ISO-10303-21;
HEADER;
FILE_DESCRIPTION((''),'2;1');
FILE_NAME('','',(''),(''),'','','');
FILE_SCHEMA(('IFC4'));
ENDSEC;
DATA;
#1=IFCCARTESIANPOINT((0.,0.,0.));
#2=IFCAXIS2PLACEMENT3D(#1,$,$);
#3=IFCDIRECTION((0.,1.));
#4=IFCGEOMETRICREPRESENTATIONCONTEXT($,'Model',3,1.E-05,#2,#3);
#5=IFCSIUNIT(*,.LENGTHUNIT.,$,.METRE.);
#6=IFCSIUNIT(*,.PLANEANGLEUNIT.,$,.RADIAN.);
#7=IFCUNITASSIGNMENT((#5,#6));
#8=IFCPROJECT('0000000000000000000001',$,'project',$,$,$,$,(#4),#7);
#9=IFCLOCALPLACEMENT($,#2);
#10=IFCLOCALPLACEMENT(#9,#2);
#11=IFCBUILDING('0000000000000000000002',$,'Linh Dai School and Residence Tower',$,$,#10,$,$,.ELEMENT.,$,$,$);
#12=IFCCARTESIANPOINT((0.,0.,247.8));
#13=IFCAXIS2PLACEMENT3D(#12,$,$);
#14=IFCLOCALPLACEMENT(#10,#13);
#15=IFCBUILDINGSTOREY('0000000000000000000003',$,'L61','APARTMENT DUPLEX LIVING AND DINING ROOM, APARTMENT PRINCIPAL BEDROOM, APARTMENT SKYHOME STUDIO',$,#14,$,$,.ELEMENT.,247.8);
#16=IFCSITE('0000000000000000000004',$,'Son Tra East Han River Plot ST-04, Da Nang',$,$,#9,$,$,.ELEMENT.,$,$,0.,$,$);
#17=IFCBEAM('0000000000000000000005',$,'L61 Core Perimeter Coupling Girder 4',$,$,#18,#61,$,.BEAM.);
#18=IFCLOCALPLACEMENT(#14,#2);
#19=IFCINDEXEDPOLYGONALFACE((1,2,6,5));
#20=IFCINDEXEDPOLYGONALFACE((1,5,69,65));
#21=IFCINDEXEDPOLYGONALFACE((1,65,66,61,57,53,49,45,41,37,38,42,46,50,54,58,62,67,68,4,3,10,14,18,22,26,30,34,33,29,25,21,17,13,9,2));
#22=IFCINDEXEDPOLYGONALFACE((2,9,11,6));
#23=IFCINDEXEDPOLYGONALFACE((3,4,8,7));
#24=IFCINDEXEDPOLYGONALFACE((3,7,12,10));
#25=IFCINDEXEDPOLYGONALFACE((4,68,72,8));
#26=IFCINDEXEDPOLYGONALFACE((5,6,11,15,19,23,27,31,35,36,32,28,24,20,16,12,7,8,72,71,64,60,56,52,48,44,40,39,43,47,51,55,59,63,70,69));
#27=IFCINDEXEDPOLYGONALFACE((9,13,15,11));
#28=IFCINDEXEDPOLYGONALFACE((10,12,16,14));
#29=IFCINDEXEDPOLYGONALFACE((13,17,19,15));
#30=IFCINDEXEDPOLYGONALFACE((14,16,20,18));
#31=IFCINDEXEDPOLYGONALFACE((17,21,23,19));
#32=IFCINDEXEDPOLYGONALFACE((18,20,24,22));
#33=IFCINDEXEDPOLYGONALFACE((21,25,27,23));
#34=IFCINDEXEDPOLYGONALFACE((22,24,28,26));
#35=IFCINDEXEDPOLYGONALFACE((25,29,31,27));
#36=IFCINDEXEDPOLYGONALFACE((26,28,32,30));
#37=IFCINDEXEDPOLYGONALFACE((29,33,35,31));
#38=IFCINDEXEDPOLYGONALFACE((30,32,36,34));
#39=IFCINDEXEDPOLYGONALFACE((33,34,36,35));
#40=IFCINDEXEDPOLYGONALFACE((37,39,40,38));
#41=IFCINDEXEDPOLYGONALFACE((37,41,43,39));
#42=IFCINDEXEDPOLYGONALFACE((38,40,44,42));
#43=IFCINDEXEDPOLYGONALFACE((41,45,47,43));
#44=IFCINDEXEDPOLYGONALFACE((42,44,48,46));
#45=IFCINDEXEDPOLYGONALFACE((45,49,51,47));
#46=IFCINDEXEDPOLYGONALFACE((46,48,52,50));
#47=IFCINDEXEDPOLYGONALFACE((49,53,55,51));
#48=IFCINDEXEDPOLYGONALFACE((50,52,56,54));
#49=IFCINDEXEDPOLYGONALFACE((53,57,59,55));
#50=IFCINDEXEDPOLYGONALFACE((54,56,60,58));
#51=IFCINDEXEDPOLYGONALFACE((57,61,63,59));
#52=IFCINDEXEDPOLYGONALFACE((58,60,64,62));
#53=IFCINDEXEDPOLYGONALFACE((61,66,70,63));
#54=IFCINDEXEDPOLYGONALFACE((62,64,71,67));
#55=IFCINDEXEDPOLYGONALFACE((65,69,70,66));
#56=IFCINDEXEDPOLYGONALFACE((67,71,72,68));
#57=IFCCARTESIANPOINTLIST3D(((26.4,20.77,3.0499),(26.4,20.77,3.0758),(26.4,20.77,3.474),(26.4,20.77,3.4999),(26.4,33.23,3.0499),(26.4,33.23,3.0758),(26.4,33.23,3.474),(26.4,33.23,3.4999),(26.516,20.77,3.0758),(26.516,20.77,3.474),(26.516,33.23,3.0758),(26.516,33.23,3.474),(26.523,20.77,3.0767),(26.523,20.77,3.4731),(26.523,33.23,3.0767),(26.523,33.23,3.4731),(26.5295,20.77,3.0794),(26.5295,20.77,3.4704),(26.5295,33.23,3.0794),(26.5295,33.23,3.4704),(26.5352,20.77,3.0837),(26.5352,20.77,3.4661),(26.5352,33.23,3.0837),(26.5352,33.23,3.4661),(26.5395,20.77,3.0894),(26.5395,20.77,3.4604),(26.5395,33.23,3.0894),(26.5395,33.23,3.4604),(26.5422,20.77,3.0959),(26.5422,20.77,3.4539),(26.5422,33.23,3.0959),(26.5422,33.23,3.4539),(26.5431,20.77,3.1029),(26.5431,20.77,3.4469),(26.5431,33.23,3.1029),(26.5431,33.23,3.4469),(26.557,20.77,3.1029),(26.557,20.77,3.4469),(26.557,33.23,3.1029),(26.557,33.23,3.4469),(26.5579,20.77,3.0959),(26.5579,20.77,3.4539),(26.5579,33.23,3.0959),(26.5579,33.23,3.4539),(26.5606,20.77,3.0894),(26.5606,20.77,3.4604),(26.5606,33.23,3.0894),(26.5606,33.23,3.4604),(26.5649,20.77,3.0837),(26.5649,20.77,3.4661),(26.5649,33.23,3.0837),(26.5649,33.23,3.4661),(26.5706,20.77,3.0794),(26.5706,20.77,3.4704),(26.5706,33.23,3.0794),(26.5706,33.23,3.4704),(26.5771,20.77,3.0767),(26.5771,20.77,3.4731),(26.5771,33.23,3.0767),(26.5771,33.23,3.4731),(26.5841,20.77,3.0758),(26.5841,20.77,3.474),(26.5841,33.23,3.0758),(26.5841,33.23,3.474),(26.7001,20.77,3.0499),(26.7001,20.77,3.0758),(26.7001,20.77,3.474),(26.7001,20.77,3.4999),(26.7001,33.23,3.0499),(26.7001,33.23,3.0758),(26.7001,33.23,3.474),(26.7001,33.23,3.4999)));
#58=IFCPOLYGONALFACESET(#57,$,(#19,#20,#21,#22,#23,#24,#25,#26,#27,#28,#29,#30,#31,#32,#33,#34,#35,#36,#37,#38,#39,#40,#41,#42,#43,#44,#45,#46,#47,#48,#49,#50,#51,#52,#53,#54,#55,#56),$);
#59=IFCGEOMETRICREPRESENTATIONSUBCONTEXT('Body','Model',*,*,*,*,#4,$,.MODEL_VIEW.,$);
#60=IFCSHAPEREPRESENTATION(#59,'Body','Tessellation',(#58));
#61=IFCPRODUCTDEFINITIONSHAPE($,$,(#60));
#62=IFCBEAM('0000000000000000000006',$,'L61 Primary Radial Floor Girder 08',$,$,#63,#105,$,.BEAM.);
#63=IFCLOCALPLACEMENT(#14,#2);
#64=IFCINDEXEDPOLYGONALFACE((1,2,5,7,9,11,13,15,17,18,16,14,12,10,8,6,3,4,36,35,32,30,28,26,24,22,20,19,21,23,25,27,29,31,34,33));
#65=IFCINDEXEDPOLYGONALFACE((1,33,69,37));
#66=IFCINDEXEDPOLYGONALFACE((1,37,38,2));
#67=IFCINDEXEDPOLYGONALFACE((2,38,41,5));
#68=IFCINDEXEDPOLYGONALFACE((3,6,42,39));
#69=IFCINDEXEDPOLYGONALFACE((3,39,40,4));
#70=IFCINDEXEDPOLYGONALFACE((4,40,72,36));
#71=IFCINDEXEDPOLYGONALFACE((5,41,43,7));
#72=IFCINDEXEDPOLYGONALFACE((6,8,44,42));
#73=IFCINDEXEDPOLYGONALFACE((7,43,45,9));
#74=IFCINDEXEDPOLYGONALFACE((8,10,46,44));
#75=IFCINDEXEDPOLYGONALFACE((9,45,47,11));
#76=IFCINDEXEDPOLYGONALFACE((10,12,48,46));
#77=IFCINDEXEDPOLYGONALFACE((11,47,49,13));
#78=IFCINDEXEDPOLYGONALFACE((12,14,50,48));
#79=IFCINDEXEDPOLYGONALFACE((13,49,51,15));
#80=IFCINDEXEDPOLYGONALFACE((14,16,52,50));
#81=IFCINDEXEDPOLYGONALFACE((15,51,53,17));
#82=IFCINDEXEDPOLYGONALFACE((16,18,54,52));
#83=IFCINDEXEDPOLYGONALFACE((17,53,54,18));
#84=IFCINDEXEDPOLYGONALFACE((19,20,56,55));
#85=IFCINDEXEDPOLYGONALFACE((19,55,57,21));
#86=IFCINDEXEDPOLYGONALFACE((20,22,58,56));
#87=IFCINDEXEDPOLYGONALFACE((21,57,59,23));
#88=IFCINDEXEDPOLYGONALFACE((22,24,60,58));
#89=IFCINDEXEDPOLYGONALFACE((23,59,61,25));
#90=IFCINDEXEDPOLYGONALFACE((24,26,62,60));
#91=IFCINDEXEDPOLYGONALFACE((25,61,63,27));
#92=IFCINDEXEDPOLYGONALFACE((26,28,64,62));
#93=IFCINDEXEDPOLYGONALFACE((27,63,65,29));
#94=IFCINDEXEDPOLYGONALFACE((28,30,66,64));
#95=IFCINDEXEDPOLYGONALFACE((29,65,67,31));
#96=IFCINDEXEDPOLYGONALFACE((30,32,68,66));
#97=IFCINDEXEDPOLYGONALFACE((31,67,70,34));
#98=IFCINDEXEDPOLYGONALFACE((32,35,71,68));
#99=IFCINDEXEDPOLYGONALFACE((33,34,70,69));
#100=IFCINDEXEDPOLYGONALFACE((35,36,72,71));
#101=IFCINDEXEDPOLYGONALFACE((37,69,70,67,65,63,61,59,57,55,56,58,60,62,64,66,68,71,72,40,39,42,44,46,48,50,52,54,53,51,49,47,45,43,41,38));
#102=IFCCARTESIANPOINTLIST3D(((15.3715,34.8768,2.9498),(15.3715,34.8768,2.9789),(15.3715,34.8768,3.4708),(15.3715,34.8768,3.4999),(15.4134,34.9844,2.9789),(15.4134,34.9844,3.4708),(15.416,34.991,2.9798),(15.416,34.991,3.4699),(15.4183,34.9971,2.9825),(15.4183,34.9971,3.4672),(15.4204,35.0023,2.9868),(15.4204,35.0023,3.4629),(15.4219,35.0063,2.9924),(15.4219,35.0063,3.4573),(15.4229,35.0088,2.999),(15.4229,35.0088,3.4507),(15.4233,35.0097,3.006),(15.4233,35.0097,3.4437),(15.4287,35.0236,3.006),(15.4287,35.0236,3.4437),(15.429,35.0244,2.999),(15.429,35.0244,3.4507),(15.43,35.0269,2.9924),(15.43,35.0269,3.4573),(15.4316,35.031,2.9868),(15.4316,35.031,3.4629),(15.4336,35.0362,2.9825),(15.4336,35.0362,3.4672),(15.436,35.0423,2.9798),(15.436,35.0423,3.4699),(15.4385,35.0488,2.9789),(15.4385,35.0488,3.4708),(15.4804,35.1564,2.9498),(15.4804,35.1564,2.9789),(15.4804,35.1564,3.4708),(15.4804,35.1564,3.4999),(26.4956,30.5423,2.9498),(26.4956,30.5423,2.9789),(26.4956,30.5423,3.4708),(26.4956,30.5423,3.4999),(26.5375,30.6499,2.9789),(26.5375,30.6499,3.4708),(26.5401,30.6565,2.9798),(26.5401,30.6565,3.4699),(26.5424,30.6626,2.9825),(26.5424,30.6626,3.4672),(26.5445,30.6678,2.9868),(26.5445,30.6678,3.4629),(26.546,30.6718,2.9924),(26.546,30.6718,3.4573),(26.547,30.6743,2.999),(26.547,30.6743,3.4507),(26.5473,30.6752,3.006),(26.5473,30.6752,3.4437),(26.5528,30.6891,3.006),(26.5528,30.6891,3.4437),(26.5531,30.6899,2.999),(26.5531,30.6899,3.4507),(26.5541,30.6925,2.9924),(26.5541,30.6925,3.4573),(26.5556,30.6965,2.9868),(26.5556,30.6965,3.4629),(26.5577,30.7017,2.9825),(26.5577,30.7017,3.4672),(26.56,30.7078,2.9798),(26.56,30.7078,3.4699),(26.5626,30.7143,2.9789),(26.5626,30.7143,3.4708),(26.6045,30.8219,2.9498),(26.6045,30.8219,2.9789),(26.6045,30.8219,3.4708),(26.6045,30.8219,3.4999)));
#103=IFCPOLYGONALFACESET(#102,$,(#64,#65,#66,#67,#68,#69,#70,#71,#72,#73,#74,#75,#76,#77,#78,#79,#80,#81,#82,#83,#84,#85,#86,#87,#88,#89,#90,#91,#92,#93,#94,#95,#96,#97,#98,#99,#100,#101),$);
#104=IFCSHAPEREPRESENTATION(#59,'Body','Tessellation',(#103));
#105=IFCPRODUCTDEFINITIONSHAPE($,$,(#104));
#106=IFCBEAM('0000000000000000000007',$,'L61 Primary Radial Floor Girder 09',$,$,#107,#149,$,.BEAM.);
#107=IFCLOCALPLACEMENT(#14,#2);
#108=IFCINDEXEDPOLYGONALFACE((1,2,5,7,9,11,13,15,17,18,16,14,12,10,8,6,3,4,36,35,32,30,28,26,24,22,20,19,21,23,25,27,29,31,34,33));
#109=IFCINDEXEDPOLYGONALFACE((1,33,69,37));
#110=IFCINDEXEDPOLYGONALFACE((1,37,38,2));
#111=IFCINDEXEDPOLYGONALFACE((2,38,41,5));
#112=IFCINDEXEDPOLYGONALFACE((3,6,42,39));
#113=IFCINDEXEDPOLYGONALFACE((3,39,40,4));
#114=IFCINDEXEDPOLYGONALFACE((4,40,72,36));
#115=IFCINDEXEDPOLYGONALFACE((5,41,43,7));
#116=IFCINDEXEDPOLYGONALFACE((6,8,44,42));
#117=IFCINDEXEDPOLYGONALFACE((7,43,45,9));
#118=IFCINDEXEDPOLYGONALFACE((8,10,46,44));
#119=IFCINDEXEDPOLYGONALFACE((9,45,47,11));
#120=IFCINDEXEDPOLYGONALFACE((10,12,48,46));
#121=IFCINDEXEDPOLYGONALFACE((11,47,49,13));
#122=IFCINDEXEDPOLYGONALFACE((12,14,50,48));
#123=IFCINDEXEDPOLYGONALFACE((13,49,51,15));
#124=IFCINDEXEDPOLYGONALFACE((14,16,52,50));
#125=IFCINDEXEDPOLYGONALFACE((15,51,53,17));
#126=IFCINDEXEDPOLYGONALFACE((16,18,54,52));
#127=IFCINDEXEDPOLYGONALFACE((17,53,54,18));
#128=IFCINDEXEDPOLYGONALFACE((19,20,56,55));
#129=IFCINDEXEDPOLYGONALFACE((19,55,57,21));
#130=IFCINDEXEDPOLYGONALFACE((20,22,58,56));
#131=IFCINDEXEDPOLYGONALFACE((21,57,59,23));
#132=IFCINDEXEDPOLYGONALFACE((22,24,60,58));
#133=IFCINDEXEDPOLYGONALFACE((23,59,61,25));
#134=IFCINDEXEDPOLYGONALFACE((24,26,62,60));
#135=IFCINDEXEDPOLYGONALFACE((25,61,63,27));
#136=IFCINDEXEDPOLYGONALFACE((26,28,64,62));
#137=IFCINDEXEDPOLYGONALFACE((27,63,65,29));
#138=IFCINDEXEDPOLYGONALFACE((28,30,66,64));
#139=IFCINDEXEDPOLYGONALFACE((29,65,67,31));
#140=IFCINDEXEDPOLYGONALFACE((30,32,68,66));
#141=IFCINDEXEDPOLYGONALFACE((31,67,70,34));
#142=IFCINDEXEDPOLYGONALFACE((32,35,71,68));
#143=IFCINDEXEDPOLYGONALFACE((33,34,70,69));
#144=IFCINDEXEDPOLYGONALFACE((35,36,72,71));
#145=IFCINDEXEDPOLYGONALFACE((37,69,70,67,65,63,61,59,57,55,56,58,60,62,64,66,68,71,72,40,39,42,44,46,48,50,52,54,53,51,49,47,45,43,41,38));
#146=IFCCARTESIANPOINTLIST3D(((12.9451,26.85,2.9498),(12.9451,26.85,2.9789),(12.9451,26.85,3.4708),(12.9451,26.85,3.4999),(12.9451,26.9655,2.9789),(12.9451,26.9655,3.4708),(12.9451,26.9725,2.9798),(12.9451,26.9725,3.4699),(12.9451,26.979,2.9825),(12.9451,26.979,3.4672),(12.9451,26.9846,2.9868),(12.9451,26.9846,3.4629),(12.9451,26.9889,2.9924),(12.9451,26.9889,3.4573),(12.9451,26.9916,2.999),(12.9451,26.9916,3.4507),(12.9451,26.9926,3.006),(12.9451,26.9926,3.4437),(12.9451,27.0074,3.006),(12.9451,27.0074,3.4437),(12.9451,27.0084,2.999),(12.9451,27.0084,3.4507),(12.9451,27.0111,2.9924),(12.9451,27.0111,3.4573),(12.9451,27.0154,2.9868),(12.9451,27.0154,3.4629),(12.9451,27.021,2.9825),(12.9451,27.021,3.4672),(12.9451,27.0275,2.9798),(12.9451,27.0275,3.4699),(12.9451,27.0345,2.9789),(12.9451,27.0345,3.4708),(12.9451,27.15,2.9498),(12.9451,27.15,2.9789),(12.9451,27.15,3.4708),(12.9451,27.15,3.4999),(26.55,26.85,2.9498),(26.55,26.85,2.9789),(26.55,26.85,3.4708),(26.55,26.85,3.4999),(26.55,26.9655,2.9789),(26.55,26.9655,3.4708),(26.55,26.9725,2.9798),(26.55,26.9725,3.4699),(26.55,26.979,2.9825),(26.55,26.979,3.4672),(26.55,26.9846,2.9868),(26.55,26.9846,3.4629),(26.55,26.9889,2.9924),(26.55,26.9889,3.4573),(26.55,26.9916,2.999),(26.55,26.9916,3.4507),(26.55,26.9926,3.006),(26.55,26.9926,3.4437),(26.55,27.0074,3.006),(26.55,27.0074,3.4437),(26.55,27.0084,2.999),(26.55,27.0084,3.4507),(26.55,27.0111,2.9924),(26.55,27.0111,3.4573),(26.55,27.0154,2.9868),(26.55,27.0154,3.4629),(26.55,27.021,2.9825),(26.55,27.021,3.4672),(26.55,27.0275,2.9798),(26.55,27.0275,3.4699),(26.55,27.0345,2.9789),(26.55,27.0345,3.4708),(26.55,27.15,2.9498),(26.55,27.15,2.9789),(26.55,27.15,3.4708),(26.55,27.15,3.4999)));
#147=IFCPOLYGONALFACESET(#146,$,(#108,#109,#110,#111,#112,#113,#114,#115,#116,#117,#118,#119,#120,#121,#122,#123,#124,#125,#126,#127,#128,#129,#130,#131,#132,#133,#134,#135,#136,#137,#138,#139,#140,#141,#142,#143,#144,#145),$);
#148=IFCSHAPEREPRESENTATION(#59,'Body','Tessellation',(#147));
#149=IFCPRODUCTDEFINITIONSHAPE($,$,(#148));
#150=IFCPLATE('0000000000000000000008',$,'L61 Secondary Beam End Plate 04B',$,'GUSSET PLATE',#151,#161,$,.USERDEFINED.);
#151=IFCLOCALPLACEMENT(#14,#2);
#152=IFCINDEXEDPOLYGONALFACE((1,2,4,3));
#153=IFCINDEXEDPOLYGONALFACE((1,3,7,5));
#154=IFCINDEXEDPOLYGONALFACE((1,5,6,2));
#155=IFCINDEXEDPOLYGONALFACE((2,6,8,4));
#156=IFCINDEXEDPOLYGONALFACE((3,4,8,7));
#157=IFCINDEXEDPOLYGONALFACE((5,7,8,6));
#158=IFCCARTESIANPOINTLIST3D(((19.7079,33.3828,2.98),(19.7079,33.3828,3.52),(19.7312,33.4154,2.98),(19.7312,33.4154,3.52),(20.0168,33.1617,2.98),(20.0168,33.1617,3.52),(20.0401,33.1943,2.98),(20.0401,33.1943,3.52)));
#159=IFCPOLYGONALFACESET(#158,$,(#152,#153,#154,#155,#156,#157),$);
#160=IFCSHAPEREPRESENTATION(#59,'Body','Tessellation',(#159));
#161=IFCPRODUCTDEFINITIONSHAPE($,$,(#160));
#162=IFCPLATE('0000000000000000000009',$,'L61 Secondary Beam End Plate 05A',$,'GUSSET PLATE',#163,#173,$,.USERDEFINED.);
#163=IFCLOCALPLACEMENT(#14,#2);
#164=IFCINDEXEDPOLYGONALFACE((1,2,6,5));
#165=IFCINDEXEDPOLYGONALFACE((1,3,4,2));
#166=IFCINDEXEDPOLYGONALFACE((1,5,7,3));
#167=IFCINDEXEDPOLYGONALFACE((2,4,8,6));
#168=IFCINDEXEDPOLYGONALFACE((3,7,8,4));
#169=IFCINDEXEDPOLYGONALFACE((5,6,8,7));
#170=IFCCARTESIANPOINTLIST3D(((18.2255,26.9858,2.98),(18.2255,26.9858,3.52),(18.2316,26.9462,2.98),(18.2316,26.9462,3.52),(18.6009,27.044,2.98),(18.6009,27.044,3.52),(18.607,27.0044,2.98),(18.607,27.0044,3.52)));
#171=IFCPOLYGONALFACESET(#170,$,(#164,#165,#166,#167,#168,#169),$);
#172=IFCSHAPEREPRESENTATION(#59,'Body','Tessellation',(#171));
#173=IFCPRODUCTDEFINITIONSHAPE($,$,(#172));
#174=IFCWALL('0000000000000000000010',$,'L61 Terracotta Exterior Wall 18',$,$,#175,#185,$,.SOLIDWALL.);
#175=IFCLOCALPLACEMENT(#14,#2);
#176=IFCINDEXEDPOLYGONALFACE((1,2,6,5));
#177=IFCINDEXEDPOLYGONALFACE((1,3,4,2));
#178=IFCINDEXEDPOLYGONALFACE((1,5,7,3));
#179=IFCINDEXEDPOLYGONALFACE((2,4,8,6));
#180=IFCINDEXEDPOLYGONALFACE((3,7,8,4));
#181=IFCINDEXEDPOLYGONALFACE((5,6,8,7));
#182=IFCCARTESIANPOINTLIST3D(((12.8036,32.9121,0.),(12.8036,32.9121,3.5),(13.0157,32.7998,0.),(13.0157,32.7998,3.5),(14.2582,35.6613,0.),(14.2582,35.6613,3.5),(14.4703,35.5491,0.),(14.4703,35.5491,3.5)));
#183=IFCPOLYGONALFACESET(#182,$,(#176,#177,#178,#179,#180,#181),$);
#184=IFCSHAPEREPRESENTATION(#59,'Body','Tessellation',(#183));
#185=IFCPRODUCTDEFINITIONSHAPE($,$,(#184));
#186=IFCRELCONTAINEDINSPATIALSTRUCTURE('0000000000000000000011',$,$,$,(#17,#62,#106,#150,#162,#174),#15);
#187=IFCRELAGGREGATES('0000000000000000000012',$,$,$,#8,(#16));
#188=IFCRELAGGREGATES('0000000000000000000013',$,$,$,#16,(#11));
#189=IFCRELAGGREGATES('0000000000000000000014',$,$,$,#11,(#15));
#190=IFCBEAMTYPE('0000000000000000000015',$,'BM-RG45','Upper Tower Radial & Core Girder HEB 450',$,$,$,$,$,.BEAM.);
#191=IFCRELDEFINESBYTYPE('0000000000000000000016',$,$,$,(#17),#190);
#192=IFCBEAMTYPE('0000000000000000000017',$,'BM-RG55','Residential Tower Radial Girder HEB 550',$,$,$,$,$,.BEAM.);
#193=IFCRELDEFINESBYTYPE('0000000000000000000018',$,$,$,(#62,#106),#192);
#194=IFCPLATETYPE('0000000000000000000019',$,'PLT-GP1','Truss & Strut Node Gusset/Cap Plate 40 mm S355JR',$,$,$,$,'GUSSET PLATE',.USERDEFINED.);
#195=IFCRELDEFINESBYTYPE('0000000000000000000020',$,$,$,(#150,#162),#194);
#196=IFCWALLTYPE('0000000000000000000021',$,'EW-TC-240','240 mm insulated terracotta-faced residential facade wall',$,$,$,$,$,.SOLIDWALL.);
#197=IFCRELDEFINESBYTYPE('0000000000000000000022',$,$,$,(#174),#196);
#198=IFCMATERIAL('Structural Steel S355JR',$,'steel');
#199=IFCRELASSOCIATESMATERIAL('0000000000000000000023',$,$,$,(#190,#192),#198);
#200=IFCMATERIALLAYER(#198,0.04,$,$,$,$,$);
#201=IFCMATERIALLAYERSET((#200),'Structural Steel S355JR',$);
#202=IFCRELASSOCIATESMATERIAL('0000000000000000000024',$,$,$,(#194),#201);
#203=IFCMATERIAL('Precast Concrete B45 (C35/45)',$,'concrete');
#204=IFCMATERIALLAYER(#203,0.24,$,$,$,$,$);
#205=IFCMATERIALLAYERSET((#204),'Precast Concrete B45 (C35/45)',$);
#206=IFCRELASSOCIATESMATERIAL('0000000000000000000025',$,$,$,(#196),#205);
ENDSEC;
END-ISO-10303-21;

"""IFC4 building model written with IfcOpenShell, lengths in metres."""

from ifc_helpers import new_model, si_unit, direction, frame, frame_2d, origin, origin_2d, place, context, subcontext, project, spatial, rectangle, i_section, extrude, source, transform, mapped, material, layer, layer_set, material_profile, profile_set, type_object, element, save


model = new_model("IFC4")

# Units and contexts
model_context = context("Model", 3, precision=1e-05, world=origin(), true_north=direction((0.0, 1.0)))
body_context = subcontext(model_context, "Body", "Model", "MODEL_VIEW")
ifc_project = project(units=[si_unit("LENGTHUNIT", "METRE"), si_unit("PLANEANGLEUNIT", "RADIAN")], contexts=[model_context])

# Site, building, storey
site_placement = place(None, origin())
site = spatial("IfcSite", under=ifc_project, at=site_placement, Name="Son Tra East Han River Plot ST-04, Da Nang", CompositionType="ELEMENT", RefElevation=0.0)
building_placement = place(site_placement, origin())
building = spatial("IfcBuilding", under=site, at=building_placement, Name="Linh Dai School and Residence Tower", CompositionType="ELEMENT")
storey_placement = place(building_placement, frame((0.0, 0.0, 247.8)))
storey = spatial("IfcBuildingStorey", under=building, at=storey_placement, Name="L61", Description="APARTMENT DUPLEX LIVING AND DINING ROOM, APARTMENT PRINCIPAL BEDROOM, APARTMENT SKYHOME STUDIO", CompositionType="ELEMENT", Elevation=247.8)

# Shared definitions
ifc_material_1 = material(Name="Structural Steel S355JR", Category="steel")

# Beams
ifc_material_profile_1 = material_profile(ifc_material_1, i_section(OverallWidth=0.3, OverallDepth=0.45, WebThickness=0.0139, FlangeThickness=0.0259, FilletRadius=0.0271, at=origin_2d()), Name="HEB 450")
ifc_profile_set_1 = profile_set([ifc_material_profile_1], Name="Structural Steel S355JR")
beam_type_1 = type_object("IfcBeamType", Name="BM-RG45", Description="Upper Tower Radial & Core Girder HEB 450", PredefinedType="BEAM", material=ifc_profile_set_1)
beam_1_placement = place(storey_placement, frame((26.55, 33.23, 3.2749), z_axis=(0.0, -1.0, 0.0), x_axis=(1.0, 0.0, 0.0)))
element("IfcBeam", 1, at=beam_1_placement, inside=storey, type_object=beam_type_1, Name="L61 Core Perimeter Coupling Girder 4", PredefinedType="BEAM", context=body_context, shape_type="SweptSolid", body=[
    extrude(i_section(OverallWidth=0.3, OverallDepth=0.45, WebThickness=0.0139, FlangeThickness=0.0259, FilletRadius=0.0271, at=origin_2d()), origin(), (0.0, 0.0, 1.0), 12.46),
])
ifc_material_profile_2 = material_profile(ifc_material_1, i_section(OverallWidth=0.3, OverallDepth=0.55, WebThickness=0.0149, FlangeThickness=0.0291, FilletRadius=0.0271, at=origin_2d()), Name="HEB 550")
ifc_profile_set_2 = profile_set([ifc_material_profile_2], Name="Structural Steel S355JR")
beam_type_2 = type_object("IfcBeamType", Name="BM-RG55", Description="Residential Tower Radial Girder HEB 550", PredefinedType="BEAM", material=ifc_profile_set_2)
beam_2_placement = place(storey_placement, frame((26.55, 30.6821, 3.2249), z_axis=(-0.931765, 0.363062, 0.0), x_axis=(-0.363062, -0.931765, 0.0)))
element("IfcBeam", 2, at=beam_2_placement, inside=storey, type_object=beam_type_2, Name="L61 Primary Radial Floor Girder 08", PredefinedType="BEAM", context=body_context, shape_type="SweptSolid", body=[
    extrude(i_section(OverallWidth=0.3, OverallDepth=0.55, WebThickness=0.0149, FlangeThickness=0.0291, FilletRadius=0.0271, at=origin_2d()), origin(), (0.0, 0.0, 1.0), 11.9387),
])
beam_3_placement = place(storey_placement, frame((26.55, 27.0, 3.2249), z_axis=(-1.0, 0.0, 0.0), x_axis=(0.0, -1.0, 0.0)))
element("IfcBeam", 3, at=beam_3_placement, inside=storey, type_object=beam_type_2, Name="L61 Primary Radial Floor Girder 09", PredefinedType="BEAM", context=body_context, shape_type="SweptSolid", body=[
    extrude(i_section(OverallWidth=0.3, OverallDepth=0.55, WebThickness=0.0149, FlangeThickness=0.0291, FilletRadius=0.0271, at=origin_2d()), origin(), (0.0, 0.0, 1.0), 13.605),
])

# Plates
ifc_layer_1 = layer(ifc_material_1, 0.04)
ifc_layer_set_1 = layer_set([ifc_layer_1], Name="Structural Steel S355JR")
plate_type = type_object("IfcPlateType", Name="PLT-GP1", Description="Truss & Strut Node Gusset/Cap Plate 40 mm S355JR", ElementType="GUSSET PLATE", PredefinedType="USERDEFINED", material=ifc_layer_set_1)
shared_shape_1 = source(origin(), body_context, "Body", "SweptSolid", [
    extrude(rectangle(XDim=0.04, YDim=0.3799, at=origin_2d()), origin(), (0.0, 0.0, 1.0), 0.54),
])
for number, where, z_axis, x_axis, name in (
    (4, (19.874, 33.2886, 2.98), (0.0, 0.0, 1.0), (-0.58204, -0.81316, 0.0), "L61 Secondary Beam End Plate 04B"),
    (5, (18.4163, 26.9951, 2.98), (0.0, 0.0, 1.0), (0.153186, -0.988197, 0.0), "L61 Secondary Beam End Plate 05A"),
):
    element("IfcPlate", number, at=place(storey_placement, frame(where, z_axis=z_axis, x_axis=x_axis)), inside=storey, type_object=plate_type, Name=name, ObjectType="GUSSET PLATE", PredefinedType="USERDEFINED", context=body_context, shape_type="MappedRepresentation", body=[
        mapped(shared_shape_1, transform((0.0, 0.0, 0.0), x_axis=(1.0, 0.0, 0.0), y_axis=(0.0, 1.0, 0.0), z_axis=(0.0, 0.0, 1.0), scale=1.0)),
    ])

# Wall
ifc_material_2 = material(Name="Precast Concrete B45 (C35/45)", Category="concrete")
ifc_layer_2 = layer(ifc_material_2, 0.24)
ifc_layer_set_2 = layer_set([ifc_layer_2], Name="Precast Concrete B45 (C35/45)")
wall_type_1 = type_object("IfcWallType", Name="EW-TC-240", Description="240 mm insulated terracotta-faced residential facade wall", PredefinedType="SOLIDWALL", material=ifc_layer_set_2)
wall_1_placement = place(storey_placement, frame((12.9097, 32.856, 0.0), z_axis=(0.0, 0.0, 1.0), x_axis=(0.46766, 0.883908, 0.0)))
element("IfcWall", 6, at=wall_1_placement, inside=storey, type_object=wall_type_1, Name="L61 Terracotta Exterior Wall 18", PredefinedType="SOLIDWALL", context=body_context, shape_type="SweptSolid", body=[
    extrude(rectangle(XDim=3.1104, YDim=0.24, at=frame_2d((1.5552, 0.0))), origin(), (0.0, 0.0, 1.0), 3.5),
])

save(model, "model.ifc")
